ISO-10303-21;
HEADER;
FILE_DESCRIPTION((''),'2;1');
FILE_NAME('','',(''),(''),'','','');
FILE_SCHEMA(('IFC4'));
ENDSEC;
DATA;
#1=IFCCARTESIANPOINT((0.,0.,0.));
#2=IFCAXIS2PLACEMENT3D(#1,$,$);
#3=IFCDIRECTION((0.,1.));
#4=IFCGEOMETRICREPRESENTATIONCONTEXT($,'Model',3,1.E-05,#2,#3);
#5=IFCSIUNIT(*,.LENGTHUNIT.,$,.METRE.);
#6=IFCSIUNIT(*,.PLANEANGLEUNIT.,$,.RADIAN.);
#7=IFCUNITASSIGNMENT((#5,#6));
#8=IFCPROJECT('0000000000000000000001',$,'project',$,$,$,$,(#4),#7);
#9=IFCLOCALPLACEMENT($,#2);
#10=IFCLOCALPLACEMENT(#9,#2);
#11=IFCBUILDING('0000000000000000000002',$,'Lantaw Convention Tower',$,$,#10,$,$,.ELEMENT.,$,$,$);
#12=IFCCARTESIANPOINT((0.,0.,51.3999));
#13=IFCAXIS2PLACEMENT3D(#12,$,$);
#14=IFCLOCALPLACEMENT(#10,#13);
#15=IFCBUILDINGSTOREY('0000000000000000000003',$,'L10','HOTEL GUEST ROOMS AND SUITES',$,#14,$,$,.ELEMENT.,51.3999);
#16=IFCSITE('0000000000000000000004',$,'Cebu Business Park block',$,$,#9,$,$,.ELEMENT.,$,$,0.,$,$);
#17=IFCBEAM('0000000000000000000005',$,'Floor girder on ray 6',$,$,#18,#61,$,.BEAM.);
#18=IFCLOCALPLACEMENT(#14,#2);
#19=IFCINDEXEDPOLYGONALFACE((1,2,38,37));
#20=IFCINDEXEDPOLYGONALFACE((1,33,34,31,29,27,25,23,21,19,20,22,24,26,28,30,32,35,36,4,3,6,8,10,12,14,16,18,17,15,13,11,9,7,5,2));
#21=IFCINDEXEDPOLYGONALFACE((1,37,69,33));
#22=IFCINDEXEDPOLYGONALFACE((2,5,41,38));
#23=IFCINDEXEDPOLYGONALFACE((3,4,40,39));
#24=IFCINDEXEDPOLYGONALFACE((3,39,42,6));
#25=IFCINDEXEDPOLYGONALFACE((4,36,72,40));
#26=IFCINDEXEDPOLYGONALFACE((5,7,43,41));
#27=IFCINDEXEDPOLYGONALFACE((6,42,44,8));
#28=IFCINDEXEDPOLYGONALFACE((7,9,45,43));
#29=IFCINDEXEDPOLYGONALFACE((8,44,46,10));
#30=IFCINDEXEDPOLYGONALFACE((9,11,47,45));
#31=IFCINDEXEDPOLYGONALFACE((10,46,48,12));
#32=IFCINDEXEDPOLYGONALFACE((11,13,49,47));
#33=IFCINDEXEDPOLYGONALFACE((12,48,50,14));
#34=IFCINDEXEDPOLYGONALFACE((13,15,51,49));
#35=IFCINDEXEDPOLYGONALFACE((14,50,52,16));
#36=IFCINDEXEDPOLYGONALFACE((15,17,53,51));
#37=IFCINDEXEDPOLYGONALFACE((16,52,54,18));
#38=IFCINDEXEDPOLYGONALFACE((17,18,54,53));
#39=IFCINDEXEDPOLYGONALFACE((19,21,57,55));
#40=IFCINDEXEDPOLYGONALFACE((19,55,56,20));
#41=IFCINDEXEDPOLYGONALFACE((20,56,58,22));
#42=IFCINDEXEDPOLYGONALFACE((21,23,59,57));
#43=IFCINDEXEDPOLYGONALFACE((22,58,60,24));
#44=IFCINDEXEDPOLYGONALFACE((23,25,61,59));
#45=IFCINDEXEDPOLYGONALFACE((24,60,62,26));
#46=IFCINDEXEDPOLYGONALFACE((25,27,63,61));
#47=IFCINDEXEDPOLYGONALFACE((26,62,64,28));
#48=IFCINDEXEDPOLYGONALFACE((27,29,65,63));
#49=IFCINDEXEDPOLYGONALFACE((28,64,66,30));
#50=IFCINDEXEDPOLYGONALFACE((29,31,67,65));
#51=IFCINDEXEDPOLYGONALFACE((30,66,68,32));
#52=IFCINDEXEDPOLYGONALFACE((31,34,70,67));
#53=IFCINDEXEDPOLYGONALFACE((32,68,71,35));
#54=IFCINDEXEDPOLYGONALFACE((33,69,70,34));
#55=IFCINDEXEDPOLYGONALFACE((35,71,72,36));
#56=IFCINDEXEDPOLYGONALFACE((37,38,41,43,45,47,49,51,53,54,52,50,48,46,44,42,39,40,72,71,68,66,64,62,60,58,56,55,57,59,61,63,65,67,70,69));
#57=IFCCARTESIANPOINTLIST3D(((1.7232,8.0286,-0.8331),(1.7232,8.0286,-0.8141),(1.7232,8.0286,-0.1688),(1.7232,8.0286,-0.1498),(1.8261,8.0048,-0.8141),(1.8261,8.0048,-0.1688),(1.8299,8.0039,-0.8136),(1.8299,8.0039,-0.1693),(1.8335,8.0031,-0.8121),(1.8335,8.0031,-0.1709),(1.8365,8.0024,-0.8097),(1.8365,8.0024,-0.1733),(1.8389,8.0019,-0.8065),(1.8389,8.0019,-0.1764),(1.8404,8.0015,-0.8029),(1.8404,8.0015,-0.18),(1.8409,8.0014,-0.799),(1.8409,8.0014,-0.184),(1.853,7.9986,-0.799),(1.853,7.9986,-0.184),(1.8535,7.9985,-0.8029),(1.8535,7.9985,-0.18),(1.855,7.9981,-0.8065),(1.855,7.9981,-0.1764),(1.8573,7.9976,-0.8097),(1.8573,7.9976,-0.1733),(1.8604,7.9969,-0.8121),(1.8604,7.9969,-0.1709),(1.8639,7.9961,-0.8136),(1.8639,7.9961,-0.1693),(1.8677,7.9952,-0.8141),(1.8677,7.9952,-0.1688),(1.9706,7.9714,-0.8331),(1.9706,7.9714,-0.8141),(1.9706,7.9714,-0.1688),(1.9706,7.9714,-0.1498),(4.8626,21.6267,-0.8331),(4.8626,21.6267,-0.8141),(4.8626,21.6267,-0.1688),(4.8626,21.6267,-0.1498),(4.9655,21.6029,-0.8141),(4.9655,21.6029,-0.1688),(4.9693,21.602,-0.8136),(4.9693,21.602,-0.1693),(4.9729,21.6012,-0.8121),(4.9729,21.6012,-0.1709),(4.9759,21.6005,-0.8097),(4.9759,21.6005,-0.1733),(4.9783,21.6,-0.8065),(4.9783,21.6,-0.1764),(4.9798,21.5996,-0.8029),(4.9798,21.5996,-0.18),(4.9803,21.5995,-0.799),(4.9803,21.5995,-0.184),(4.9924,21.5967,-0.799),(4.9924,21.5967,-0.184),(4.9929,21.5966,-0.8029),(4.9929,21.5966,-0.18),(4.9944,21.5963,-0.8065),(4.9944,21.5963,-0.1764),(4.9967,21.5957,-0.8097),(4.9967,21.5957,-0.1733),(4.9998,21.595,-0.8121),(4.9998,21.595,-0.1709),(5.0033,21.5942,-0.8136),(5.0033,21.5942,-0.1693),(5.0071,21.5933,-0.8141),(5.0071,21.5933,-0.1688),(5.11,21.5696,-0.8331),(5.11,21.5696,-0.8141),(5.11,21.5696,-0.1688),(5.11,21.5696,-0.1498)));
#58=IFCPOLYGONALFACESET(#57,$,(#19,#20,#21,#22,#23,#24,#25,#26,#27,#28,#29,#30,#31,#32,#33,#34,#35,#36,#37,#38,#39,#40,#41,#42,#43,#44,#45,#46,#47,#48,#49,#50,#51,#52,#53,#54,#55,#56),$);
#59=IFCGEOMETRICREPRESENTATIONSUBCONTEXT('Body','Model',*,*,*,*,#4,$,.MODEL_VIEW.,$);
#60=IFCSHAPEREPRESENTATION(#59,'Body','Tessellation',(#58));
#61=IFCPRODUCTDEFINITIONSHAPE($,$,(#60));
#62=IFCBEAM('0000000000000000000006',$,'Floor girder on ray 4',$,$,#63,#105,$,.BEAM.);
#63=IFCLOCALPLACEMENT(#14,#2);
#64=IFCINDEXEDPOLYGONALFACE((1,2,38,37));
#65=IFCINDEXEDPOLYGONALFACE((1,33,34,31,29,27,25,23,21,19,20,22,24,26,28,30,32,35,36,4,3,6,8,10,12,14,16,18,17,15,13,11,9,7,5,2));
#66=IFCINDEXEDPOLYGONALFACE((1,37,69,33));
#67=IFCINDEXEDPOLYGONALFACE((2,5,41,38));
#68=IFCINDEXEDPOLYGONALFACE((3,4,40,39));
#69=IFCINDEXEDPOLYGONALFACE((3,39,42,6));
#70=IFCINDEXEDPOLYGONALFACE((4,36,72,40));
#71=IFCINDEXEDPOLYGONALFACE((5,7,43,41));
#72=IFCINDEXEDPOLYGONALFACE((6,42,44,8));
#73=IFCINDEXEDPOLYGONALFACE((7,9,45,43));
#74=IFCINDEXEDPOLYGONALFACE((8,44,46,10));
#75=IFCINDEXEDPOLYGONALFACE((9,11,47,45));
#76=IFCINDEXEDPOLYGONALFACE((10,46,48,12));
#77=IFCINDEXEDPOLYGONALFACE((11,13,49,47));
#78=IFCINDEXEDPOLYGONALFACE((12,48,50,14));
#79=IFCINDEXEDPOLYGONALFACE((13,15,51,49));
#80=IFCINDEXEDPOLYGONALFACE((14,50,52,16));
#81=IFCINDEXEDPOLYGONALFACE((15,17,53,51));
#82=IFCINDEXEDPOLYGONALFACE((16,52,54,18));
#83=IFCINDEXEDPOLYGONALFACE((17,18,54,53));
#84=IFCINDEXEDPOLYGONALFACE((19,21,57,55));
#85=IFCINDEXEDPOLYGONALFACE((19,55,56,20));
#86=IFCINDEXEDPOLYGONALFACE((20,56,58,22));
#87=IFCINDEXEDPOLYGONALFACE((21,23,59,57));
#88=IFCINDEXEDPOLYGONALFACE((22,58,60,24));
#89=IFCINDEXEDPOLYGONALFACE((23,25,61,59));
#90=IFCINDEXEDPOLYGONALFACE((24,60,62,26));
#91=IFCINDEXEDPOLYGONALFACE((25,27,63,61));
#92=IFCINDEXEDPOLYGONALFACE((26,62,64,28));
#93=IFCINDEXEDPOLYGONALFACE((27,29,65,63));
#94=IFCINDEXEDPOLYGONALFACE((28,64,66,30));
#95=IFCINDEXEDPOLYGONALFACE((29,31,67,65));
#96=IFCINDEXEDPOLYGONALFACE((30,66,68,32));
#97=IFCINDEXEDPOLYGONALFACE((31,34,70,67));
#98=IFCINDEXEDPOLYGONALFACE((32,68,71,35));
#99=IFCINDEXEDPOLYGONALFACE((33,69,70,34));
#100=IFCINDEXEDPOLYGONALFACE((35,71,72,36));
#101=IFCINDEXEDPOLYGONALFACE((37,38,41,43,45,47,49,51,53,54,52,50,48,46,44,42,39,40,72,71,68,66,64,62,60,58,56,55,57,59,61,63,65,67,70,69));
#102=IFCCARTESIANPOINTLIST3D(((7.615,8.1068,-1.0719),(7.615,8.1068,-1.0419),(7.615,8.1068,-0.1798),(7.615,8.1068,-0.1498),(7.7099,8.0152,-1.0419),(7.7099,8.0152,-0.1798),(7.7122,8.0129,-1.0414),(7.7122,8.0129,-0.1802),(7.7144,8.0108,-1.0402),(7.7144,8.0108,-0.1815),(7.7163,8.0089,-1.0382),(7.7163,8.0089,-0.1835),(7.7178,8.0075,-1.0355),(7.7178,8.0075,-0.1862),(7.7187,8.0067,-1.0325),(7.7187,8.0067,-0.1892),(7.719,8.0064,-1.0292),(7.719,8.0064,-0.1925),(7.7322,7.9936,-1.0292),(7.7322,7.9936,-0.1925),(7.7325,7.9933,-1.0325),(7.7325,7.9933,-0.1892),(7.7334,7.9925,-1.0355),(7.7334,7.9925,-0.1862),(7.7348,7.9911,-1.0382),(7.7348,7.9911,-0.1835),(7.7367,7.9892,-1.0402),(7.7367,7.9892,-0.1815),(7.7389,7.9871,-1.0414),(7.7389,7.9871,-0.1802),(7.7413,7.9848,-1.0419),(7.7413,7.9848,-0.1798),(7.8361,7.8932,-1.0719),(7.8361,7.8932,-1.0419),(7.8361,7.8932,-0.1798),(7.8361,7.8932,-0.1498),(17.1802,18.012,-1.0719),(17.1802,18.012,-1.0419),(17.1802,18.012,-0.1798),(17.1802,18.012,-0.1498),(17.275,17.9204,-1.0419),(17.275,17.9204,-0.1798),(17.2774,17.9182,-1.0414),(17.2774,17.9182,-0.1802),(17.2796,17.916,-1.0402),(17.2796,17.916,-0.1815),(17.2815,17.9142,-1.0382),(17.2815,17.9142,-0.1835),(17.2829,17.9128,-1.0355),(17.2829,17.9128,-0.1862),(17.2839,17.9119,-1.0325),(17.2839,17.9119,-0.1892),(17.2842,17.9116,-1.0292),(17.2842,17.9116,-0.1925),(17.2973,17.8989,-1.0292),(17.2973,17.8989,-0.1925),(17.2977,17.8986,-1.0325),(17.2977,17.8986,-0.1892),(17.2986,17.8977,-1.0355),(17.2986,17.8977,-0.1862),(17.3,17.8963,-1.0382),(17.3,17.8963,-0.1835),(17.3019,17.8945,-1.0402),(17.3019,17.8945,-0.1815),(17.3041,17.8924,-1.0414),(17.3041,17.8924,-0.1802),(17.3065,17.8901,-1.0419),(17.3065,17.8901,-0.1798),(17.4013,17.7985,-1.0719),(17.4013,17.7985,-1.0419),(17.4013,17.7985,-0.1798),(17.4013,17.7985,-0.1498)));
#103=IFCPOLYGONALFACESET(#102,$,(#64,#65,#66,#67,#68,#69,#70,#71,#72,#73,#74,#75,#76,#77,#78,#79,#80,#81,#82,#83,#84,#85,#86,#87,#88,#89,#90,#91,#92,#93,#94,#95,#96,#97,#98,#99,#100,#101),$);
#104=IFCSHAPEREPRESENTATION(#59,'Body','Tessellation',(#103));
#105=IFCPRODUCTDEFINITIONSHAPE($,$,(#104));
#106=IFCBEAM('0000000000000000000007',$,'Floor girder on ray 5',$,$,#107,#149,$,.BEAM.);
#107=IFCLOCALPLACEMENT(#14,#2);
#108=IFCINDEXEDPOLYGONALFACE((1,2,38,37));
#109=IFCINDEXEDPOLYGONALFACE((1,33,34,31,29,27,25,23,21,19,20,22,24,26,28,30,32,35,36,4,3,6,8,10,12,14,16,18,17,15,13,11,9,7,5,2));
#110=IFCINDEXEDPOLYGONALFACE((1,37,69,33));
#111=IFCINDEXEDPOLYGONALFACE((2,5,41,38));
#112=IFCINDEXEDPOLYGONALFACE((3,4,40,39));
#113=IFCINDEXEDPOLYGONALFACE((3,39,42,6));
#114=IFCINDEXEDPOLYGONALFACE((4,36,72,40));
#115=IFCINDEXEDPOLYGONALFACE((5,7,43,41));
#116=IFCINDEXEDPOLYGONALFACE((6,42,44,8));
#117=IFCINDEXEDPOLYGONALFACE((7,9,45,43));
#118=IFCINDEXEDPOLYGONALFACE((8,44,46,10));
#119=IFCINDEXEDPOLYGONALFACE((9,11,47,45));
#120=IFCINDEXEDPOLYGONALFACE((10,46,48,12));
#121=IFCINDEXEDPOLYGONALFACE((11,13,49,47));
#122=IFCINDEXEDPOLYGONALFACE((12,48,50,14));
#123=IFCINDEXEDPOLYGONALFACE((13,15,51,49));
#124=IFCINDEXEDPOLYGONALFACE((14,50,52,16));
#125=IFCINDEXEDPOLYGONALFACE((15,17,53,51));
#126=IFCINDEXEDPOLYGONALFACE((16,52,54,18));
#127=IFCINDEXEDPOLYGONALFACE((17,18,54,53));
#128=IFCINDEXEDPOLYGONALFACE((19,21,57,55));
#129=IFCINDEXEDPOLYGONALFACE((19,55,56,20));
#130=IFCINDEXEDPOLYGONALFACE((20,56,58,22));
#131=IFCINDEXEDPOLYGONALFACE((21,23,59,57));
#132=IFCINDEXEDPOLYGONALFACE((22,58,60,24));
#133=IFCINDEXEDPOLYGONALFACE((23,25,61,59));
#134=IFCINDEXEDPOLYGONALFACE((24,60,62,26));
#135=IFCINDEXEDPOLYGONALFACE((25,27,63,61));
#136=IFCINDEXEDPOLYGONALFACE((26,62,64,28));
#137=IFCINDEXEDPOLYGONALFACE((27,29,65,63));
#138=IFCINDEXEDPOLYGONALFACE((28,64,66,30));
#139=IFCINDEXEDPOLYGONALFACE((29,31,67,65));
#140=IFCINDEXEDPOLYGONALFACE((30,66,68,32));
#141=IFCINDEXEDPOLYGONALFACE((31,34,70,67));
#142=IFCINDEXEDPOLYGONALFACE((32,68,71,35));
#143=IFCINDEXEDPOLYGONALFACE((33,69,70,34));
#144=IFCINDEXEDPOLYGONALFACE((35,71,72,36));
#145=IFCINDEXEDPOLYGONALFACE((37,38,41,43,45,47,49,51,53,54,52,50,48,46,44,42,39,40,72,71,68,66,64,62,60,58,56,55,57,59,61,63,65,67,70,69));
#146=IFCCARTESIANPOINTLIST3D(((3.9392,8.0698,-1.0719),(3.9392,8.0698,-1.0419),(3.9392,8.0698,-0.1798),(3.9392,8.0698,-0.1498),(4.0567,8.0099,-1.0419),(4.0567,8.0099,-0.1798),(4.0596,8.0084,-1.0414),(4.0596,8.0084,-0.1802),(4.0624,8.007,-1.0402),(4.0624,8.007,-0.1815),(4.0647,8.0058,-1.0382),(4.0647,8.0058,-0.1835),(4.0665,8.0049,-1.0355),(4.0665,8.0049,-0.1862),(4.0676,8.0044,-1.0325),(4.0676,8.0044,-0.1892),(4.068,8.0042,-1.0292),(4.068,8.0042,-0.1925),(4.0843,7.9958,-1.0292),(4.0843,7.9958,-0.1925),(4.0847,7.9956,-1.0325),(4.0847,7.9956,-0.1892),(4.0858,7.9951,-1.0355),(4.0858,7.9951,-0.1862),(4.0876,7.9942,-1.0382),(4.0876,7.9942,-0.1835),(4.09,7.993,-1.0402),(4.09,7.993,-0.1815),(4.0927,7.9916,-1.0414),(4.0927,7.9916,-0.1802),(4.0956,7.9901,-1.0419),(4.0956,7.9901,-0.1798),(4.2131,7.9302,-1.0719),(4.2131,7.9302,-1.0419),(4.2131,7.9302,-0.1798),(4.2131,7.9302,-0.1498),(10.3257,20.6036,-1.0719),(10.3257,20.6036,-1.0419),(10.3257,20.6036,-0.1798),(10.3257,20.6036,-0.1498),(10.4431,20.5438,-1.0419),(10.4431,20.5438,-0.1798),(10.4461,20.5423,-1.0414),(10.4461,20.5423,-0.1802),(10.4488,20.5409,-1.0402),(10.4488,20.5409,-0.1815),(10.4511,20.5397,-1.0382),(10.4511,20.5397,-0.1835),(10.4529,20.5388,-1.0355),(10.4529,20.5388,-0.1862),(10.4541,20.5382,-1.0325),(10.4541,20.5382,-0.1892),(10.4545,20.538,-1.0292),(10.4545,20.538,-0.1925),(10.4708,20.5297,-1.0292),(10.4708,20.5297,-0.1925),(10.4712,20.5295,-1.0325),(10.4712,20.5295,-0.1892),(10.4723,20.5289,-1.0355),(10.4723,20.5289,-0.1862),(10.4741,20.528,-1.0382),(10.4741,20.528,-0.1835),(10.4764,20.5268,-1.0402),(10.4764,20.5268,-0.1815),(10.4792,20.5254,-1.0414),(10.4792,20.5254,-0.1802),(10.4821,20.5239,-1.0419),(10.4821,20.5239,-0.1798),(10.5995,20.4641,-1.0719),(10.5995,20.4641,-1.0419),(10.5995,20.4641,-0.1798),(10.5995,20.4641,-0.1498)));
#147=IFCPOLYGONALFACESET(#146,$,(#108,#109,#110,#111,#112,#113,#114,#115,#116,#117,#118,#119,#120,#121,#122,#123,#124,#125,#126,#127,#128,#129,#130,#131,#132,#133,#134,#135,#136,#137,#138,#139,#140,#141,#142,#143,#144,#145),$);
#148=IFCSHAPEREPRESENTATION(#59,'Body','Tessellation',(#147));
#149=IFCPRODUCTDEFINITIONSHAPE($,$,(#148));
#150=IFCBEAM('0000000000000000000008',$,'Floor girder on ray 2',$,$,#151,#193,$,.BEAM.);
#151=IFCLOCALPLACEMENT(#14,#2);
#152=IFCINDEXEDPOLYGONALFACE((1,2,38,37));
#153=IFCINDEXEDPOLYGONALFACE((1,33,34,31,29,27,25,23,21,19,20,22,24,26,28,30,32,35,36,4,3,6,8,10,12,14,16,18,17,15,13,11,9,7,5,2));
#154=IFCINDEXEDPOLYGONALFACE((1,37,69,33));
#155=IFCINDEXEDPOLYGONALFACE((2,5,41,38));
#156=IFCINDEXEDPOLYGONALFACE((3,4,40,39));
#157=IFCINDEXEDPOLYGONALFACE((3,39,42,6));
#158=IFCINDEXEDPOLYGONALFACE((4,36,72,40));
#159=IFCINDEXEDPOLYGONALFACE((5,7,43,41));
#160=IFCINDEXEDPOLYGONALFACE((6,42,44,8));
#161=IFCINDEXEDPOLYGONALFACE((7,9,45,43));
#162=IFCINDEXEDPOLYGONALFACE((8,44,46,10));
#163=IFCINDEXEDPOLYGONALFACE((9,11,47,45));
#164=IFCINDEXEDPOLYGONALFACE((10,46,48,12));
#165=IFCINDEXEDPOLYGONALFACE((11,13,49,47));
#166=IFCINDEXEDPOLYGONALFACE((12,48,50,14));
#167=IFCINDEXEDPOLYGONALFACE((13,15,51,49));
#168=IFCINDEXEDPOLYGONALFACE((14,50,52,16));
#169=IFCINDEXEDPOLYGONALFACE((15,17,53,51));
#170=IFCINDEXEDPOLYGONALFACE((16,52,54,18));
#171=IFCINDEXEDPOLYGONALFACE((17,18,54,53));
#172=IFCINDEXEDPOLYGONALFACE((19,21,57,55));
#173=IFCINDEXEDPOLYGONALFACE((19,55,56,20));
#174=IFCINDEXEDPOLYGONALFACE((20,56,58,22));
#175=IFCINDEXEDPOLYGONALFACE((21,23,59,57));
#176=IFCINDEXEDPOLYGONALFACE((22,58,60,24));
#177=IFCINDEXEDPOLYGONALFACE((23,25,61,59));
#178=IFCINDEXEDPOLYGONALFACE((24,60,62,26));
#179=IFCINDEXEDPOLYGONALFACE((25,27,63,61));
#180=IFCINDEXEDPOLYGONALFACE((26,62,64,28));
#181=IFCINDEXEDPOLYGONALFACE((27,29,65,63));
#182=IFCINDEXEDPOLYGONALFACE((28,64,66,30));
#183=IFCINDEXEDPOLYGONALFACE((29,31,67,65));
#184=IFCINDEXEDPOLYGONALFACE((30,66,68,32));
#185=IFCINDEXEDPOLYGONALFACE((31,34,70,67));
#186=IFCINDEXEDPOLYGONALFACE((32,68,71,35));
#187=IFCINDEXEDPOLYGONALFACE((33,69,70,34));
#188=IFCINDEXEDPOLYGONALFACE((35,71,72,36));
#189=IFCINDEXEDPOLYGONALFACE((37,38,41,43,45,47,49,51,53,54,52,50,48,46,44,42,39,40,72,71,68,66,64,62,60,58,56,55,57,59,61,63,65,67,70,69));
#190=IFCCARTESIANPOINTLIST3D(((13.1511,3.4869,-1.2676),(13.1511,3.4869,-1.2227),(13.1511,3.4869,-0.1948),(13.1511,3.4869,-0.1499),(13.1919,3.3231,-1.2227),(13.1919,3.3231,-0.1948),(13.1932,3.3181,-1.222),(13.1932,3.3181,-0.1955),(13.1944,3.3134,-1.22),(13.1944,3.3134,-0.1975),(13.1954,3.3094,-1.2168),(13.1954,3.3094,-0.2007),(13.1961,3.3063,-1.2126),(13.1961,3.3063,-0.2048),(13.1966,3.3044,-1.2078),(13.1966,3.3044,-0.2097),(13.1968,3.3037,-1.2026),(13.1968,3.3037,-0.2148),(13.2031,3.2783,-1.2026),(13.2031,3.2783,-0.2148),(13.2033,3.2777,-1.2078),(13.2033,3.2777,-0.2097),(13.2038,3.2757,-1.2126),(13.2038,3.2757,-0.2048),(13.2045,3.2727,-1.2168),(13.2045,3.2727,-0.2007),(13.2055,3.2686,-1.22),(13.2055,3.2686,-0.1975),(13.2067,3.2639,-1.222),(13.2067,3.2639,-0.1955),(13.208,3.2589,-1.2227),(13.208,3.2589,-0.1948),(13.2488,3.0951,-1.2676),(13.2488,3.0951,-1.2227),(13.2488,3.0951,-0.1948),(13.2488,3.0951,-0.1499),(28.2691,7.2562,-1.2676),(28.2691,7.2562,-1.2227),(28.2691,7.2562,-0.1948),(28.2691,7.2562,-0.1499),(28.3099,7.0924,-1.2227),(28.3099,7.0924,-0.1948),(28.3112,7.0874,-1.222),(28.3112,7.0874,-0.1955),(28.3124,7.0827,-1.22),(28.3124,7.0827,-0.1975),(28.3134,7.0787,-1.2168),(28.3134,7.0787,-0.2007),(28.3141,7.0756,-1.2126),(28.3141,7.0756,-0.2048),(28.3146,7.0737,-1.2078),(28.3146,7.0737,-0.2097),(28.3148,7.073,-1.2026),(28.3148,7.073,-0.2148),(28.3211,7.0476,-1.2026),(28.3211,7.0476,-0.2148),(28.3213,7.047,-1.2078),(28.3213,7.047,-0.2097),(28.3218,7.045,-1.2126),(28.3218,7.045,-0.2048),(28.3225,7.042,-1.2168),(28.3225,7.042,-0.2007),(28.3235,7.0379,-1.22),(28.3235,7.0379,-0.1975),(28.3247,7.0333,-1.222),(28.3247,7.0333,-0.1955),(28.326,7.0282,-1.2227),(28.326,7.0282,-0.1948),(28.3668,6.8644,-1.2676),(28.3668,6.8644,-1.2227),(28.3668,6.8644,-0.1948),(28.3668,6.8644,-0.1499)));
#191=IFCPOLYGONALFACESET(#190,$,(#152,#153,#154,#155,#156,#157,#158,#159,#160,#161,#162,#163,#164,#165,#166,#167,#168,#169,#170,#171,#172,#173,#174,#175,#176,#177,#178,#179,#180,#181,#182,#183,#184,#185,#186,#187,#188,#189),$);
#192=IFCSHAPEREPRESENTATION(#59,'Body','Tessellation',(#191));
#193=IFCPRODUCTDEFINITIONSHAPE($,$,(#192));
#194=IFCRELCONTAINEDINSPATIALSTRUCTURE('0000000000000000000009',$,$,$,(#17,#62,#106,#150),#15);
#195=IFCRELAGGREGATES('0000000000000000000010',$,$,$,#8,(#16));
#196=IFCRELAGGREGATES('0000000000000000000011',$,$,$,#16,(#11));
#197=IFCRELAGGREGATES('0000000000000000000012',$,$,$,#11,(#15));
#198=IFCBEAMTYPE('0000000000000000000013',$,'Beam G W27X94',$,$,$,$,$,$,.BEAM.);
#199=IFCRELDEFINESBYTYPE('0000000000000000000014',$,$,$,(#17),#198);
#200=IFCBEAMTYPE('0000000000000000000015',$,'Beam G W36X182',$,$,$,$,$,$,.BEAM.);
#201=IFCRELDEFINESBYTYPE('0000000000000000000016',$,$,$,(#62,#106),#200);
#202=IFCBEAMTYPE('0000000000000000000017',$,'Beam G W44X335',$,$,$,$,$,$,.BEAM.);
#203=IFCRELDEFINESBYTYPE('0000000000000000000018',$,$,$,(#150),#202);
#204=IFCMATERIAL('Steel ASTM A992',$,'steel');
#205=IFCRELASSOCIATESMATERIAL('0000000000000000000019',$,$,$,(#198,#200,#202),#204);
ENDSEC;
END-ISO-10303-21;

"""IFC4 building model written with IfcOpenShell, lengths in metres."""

from ifc_helpers import new_model, si_unit, direction, frame, origin, origin_2d, place, context, subcontext, project, spatial, i_section, extrude, material, material_profile, profile_set, type_object, element, save


model = new_model("IFC4")

# Units and contexts
model_context = context("Model", 3, precision=1e-05, world=origin(), true_north=direction((0.0, 1.0)))
body_context = subcontext(model_context, "Body", "Model", "MODEL_VIEW")
ifc_project = project(units=[si_unit("LENGTHUNIT", "METRE"), si_unit("PLANEANGLEUNIT", "RADIAN")], contexts=[model_context])

# Site, building, storey
site_placement = place(None, origin())
site = spatial("IfcSite", under=ifc_project, at=site_placement, Name="Cebu Business Park block", CompositionType="ELEMENT", RefElevation=0.0)
building_placement = place(site_placement, origin())
building = spatial("IfcBuilding", under=site, at=building_placement, Name="Lantaw Convention Tower", CompositionType="ELEMENT")
storey_placement = place(building_placement, frame((0.0, 0.0, 51.3999)))
storey = spatial("IfcBuildingStorey", under=building, at=storey_placement, Name="L10", Description="HOTEL GUEST ROOMS AND SUITES", CompositionType="ELEMENT", Elevation=51.3999)

# Beams
ifc_material_1 = material(Name="Steel ASTM A992", Category="steel")
ifc_material_profile_1 = material_profile(ifc_material_1, i_section(OverallWidth=0.2539, OverallDepth=0.6833, WebThickness=0.0125, FlangeThickness=0.019, FilletRadius=0.0151, at=origin_2d()), Name="W27X94")
ifc_profile_set_1 = profile_set([ifc_material_profile_1], Name="Steel ASTM A992")
beam_type_1 = type_object("IfcBeamType", Name="Beam G W27X94", PredefinedType="BEAM", material=ifc_profile_set_1)
beam_1_placement = place(storey_placement, frame((1.8469, 8.0, -0.4915), z_axis=(0.224953, 0.97437, 0.0), x_axis=(-0.97437, 0.224953, 0.0)))
element("IfcBeam", 1, at=beam_1_placement, inside=storey, type_object=beam_type_1, Name="Floor girder on ray 6", PredefinedType="BEAM", context=body_context, shape_type="SweptSolid", body=[
    extrude(i_section(OverallWidth=0.2539, OverallDepth=0.6833, WebThickness=0.0125, FlangeThickness=0.019, FilletRadius=0.0151, at=origin_2d()), origin(), (0.0, 0.0, 1.0), 13.9558),
])
ifc_material_profile_2 = material_profile(ifc_material_1, i_section(OverallWidth=0.3074, OverallDepth=0.9221, WebThickness=0.0183, FlangeThickness=0.03, FilletRadius=0.0127, at=origin_2d()), Name="W36X182")
ifc_profile_set_2 = profile_set([ifc_material_profile_2], Name="Steel ASTM A992")
beam_type_2 = type_object("IfcBeamType", Name="Beam G W36X182", PredefinedType="BEAM", material=ifc_profile_set_2)
beam_2_placement = place(storey_placement, frame((7.7256, 8.0, -0.6108), z_axis=(0.69465, 0.719348, 0.0), x_axis=(-0.719348, 0.69465, 0.0)))
element("IfcBeam", 2, at=beam_2_placement, inside=storey, type_object=beam_type_2, Name="Floor girder on ray 4", PredefinedType="BEAM", context=body_context, shape_type="SweptSolid", body=[
    extrude(i_section(OverallWidth=0.3074, OverallDepth=0.9221, WebThickness=0.0183, FlangeThickness=0.03, FilletRadius=0.0127, at=origin_2d()), origin(), (0.0, 0.0, 1.0), 13.7698),
])
beam_3_placement = place(storey_placement, frame((4.0762, 8.0, -0.6108), z_axis=(0.453997, 0.891003, 0.0), x_axis=(-0.891003, 0.453997, 0.0)))
element("IfcBeam", 3, at=beam_3_placement, inside=storey, type_object=beam_type_2, Name="Floor girder on ray 5", PredefinedType="BEAM", context=body_context, shape_type="SweptSolid", body=[
    extrude(i_section(OverallWidth=0.3074, OverallDepth=0.9221, WebThickness=0.0183, FlangeThickness=0.03, FilletRadius=0.0127, at=origin_2d()), origin(), (0.0, 0.0, 1.0), 14.0671),
])
ifc_material_profile_3 = material_profile(ifc_material_1, i_section(OverallWidth=0.4038, OverallDepth=1.1177, WebThickness=0.0261, FlangeThickness=0.0449, FilletRadius=0.02, at=origin_2d()), Name="W44X335")
ifc_profile_set_3 = profile_set([ifc_material_profile_3], Name="Steel ASTM A992")
beam_type_3 = type_object("IfcBeamType", Name="Beam G W44X335", PredefinedType="BEAM", material=ifc_profile_set_3)
beam_4_placement = place(storey_placement, frame((13.2, 3.291, -0.7087), z_axis=(0.970296, 0.24192, 0.0), x_axis=(-0.24192, 0.970296, 0.0)))
element("IfcBeam", 4, at=beam_4_placement, inside=storey, type_object=beam_type_3, Name="Floor girder on ray 2", PredefinedType="BEAM", context=body_context, shape_type="SweptSolid", body=[
    extrude(i_section(OverallWidth=0.4038, OverallDepth=1.1177, WebThickness=0.0261, FlangeThickness=0.0449, FilletRadius=0.02, at=origin_2d()), origin(), (0.0, 0.0, 1.0), 15.5808),
])

save(model, "model.ifc")
